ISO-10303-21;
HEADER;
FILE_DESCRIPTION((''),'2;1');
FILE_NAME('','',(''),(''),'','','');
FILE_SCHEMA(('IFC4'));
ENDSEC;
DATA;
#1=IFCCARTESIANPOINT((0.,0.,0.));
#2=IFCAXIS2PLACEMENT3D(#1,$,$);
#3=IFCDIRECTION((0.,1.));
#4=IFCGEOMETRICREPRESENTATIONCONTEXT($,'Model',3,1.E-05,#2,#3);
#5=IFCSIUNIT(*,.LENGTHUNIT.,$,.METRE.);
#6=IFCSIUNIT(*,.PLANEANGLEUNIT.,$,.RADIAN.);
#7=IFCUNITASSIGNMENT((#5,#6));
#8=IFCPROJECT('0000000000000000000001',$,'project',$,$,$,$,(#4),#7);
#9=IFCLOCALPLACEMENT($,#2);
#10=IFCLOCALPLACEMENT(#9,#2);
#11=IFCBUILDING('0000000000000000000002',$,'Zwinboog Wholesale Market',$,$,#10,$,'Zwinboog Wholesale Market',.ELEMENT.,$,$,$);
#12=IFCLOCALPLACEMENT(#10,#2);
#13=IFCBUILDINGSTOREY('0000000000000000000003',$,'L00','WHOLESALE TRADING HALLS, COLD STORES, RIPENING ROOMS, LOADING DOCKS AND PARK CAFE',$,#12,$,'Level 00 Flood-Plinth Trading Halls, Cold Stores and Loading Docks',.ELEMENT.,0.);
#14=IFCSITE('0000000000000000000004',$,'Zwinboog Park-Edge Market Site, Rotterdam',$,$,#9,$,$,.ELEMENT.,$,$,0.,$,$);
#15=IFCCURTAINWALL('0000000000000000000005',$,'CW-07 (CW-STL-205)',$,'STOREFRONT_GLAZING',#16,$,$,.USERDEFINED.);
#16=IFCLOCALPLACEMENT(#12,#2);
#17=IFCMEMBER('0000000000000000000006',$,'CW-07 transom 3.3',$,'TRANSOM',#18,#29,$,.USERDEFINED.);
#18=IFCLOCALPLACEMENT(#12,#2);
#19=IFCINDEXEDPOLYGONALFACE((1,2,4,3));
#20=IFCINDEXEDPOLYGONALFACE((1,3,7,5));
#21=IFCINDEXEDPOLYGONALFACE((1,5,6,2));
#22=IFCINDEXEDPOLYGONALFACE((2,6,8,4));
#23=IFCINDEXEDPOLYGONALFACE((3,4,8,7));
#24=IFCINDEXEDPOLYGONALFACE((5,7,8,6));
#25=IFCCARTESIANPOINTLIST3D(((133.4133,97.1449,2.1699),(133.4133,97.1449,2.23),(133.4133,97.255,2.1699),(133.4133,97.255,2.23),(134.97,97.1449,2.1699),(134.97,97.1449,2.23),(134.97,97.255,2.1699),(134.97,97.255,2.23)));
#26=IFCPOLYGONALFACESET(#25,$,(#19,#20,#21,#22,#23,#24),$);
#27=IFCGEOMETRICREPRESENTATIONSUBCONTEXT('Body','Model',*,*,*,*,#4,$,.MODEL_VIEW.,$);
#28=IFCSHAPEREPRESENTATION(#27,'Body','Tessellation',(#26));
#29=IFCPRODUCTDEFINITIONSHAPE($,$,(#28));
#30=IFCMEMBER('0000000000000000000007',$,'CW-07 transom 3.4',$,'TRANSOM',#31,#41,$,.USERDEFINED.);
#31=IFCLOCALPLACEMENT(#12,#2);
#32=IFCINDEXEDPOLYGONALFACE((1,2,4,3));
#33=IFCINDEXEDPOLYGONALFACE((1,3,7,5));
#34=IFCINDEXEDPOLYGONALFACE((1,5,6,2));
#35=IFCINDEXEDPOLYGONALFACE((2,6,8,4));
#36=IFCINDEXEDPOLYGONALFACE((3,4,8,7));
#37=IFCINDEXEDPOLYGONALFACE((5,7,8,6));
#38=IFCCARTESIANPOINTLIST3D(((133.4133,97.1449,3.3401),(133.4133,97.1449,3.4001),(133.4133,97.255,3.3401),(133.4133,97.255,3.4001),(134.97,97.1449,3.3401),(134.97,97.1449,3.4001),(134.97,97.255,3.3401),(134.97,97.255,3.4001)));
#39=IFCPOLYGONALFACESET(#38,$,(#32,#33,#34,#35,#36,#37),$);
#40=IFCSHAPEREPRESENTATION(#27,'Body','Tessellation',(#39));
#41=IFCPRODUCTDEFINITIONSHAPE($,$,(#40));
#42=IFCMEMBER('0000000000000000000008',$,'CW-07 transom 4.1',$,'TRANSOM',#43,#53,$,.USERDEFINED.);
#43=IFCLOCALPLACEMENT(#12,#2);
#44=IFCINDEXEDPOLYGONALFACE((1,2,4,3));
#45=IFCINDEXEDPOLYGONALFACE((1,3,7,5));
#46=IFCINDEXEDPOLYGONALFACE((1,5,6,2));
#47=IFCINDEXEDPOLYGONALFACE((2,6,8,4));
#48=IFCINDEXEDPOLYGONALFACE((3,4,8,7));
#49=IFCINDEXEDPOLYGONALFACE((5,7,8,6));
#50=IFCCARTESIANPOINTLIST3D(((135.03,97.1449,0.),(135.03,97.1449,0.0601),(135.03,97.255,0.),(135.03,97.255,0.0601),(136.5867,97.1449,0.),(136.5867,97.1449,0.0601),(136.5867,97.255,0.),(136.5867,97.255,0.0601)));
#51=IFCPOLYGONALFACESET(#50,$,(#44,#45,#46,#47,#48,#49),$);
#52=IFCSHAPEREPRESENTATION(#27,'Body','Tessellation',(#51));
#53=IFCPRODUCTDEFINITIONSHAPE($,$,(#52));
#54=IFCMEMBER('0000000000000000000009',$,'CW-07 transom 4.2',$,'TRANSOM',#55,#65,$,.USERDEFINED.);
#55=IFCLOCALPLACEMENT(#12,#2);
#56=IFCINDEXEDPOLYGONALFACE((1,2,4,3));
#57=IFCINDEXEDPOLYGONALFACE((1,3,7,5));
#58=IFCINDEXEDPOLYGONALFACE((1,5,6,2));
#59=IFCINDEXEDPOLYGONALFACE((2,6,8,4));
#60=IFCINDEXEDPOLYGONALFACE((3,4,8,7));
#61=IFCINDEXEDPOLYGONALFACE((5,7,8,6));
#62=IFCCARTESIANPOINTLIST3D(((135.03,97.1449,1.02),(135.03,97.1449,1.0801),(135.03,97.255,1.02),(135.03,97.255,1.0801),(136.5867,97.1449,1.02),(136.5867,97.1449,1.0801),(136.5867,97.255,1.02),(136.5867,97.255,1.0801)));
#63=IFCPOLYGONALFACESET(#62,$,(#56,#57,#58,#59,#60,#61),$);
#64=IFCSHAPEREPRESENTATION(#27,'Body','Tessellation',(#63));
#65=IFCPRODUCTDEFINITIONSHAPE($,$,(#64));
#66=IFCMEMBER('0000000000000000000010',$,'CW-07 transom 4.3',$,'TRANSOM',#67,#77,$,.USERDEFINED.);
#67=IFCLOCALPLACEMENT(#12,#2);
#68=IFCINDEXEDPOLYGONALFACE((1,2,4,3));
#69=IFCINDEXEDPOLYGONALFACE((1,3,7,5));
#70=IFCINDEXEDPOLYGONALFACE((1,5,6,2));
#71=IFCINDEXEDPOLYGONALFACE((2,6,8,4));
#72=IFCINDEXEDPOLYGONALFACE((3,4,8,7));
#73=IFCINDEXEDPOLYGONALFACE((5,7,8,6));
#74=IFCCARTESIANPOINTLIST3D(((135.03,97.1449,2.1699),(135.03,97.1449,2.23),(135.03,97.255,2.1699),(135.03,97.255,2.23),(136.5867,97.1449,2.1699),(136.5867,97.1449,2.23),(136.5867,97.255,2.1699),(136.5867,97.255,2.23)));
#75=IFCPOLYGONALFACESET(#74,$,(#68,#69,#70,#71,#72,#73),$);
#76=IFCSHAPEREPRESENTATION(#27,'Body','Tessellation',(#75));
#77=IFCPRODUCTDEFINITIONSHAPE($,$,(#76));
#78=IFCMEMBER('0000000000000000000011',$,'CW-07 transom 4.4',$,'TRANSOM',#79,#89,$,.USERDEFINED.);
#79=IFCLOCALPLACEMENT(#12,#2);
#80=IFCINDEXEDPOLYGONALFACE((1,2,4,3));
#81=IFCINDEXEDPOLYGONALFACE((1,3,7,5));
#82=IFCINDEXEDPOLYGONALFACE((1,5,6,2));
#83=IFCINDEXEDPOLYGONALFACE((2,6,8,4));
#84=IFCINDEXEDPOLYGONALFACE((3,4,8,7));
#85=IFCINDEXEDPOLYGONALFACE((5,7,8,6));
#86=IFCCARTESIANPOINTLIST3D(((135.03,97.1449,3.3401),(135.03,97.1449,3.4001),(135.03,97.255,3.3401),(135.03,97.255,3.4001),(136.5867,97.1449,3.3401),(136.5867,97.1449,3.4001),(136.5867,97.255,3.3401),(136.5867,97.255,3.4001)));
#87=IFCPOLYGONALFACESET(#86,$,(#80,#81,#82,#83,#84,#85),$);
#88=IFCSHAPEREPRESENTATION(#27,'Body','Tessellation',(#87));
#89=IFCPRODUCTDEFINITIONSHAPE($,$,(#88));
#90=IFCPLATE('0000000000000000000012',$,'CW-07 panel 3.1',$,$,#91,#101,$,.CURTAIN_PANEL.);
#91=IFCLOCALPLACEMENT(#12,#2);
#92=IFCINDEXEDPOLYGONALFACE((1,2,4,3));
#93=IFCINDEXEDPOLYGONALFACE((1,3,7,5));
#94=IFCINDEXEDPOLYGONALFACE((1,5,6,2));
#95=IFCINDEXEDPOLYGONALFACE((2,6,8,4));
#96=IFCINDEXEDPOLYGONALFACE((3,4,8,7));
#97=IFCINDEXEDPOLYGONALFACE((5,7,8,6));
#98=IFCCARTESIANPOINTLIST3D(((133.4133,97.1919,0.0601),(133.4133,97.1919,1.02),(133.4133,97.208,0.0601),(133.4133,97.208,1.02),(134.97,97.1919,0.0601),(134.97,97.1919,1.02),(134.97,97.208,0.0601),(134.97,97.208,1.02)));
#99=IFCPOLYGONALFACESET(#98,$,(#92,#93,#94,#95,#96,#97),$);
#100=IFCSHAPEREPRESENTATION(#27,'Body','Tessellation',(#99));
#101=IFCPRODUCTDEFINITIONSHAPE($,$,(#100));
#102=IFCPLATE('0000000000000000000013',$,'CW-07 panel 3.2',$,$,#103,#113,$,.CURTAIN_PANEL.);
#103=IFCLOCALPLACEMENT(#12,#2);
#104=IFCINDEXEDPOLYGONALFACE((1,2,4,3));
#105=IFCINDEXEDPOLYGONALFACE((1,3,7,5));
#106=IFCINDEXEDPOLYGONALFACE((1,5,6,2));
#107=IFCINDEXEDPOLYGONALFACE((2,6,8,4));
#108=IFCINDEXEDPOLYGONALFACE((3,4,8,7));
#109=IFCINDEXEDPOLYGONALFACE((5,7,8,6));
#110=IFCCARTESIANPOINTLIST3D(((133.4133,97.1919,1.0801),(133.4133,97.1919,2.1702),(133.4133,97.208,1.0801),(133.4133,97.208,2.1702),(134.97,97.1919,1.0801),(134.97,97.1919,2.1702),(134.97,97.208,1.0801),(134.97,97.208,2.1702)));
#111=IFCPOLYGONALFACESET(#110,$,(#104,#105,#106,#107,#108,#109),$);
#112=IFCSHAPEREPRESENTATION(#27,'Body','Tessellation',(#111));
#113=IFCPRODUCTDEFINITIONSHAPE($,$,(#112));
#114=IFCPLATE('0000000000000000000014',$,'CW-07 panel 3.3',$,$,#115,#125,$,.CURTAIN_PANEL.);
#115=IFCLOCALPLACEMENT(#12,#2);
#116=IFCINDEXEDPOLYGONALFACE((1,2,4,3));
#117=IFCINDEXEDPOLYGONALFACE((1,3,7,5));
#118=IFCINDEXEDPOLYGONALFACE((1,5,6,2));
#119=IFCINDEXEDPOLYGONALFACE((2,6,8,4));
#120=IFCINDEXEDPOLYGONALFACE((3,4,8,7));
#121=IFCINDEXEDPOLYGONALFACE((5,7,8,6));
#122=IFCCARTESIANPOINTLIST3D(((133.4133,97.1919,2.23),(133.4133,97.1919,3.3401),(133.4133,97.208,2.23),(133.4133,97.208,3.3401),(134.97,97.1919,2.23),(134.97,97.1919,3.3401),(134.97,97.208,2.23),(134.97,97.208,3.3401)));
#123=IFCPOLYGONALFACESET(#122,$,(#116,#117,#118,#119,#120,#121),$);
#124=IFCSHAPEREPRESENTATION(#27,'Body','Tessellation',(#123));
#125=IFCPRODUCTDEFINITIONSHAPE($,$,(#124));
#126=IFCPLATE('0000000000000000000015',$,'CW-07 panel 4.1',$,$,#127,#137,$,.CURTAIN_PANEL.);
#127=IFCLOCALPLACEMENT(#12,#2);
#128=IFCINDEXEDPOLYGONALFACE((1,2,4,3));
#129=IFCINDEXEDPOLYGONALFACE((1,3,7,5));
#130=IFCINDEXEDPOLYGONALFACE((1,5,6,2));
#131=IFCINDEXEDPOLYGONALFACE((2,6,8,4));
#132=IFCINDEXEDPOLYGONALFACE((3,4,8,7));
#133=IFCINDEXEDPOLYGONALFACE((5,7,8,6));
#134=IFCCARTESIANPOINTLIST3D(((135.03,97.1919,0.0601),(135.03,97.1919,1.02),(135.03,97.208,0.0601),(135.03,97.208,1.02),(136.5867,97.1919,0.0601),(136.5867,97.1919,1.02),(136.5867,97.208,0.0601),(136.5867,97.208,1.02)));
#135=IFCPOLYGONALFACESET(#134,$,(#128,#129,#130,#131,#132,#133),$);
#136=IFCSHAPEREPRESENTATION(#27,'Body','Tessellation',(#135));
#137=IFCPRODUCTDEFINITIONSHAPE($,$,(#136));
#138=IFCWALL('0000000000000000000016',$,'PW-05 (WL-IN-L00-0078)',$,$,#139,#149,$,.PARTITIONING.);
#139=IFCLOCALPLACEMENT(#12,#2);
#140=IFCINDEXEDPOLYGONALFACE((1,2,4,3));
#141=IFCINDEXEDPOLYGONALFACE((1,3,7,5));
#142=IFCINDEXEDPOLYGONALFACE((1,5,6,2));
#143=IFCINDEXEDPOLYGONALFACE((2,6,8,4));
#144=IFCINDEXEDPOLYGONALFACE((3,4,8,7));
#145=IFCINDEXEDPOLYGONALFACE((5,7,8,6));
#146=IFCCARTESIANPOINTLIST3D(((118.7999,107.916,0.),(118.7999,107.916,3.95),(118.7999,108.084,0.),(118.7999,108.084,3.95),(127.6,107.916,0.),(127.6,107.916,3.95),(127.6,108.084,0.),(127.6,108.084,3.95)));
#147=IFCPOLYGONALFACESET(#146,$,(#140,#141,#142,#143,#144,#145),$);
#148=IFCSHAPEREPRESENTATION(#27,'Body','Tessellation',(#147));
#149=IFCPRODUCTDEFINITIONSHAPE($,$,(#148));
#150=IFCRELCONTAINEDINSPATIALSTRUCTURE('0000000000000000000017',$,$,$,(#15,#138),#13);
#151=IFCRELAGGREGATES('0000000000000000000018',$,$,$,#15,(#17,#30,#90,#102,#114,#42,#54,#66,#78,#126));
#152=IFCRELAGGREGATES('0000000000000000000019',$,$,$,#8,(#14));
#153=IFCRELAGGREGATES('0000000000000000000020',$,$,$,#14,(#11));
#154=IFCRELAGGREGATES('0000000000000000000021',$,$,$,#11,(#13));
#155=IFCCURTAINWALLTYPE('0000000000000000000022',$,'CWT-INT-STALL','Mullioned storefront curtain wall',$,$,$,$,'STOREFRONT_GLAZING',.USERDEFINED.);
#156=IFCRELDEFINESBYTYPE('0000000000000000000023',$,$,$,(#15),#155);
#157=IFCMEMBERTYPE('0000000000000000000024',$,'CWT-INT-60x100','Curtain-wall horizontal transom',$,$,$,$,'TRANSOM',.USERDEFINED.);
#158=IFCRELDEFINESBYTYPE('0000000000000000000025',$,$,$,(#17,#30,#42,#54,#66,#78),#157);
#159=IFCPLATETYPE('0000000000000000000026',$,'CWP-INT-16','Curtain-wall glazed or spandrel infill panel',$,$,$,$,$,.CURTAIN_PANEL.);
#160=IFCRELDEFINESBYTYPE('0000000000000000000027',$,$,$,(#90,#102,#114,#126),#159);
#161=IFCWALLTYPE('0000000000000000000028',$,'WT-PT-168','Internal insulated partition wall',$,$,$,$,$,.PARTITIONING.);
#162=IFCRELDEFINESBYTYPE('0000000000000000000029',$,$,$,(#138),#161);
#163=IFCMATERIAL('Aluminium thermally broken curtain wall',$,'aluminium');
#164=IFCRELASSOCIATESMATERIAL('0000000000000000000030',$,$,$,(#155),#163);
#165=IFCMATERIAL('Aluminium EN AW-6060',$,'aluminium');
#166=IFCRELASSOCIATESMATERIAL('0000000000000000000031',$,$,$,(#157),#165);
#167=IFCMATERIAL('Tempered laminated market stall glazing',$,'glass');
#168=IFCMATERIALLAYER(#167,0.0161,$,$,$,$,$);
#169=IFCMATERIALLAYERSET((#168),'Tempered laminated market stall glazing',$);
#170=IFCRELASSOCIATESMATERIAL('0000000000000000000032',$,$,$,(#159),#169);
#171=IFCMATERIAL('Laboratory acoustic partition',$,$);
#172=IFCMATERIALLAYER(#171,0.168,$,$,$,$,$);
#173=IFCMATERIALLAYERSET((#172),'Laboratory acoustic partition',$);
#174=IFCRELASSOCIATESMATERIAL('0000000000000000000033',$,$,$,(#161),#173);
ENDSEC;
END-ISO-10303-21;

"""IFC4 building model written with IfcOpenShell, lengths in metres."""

from ifc_helpers import new_model, si_unit, direction, frame, frame_2d, origin, origin_2d, place, context, subcontext, project, spatial, rectangle, extrude, material, layer, layer_set, material_profile, profile_set, type_object, element, aggregate, save


model = new_model("IFC4")

# Units and contexts
model_context = context("Model", 3, precision=1e-05, world=origin(), true_north=direction((0.0, 1.0)))
body_context = subcontext(model_context, "Body", "Model", "MODEL_VIEW")
ifc_project = project(units=[si_unit("LENGTHUNIT", "METRE"), si_unit("PLANEANGLEUNIT", "RADIAN")], contexts=[model_context])

# Site, building, storey
site_placement = place(None, origin())
site = spatial("IfcSite", under=ifc_project, at=site_placement, Name="Zwinboog Park-Edge Market Site, Rotterdam", CompositionType="ELEMENT", RefElevation=0.0)
building_placement = place(site_placement, origin())
building = spatial("IfcBuilding", under=site, at=building_placement, Name="Zwinboog Wholesale Market", LongName="Zwinboog Wholesale Market", CompositionType="ELEMENT")
storey_placement = place(building_placement, origin())
storey = spatial("IfcBuildingStorey", under=building, at=storey_placement, Name="L00", Description="WHOLESALE TRADING HALLS, COLD STORES, RIPENING ROOMS, LOADING DOCKS AND PARK CAFE", LongName="Level 00 Flood-Plinth Trading Halls, Cold Stores and Loading Docks", CompositionType="ELEMENT", Elevation=0.0)

# Curtain wall, members, plates
ifc_material_1 = material(Name="Aluminium thermally broken curtain wall", Category="aluminium")
curtain_wall_type = type_object("IfcCurtainWallType", Name="CWT-INT-STALL", Description="Mullioned storefront curtain wall", ElementType="STOREFRONT_GLAZING", PredefinedType="USERDEFINED", material=ifc_material_1)
curtain_wall_placement = place(storey_placement, origin())
curtain_wall = element("IfcCurtainWall", 1, at=curtain_wall_placement, inside=storey, type_object=curtain_wall_type, Name="CW-07 (CW-STL-205)", ObjectType="STOREFRONT_GLAZING", PredefinedType="USERDEFINED")
ifc_material_2 = material(Name="Aluminium EN AW-6060", Category="aluminium")
ifc_material_profile_1 = material_profile(ifc_material_2, rectangle(XDim=0.1101, YDim=0.0601, at=origin_2d()), Name="AL 60x110")
ifc_profile_set_1 = profile_set([ifc_material_profile_1], Name="Aluminium EN AW-6060")
member_type_1 = type_object("IfcMemberType", Name="CWT-INT-60x100", Description="Curtain-wall horizontal transom", ElementType="TRANSOM", PredefinedType="USERDEFINED", material=ifc_profile_set_1)
member_1_placement = place(storey_placement, frame((133.4133, 97.2, 2.2), z_axis=(1.0, 0.0, 0.0), x_axis=(0.0, 1.0, 0.0)))
member_1 = element("IfcMember", 2, at=member_1_placement, type_object=member_type_1, Name="CW-07 transom 3.3", ObjectType="TRANSOM", PredefinedType="USERDEFINED", context=body_context, shape_type="SweptSolid", body=[
    extrude(rectangle(XDim=0.1101, YDim=0.0601, at=origin_2d()), origin(), (0.0, 0.0, 1.0), 1.5566),
])
member_2_placement = place(storey_placement, frame((133.4133, 97.2, 3.3701), z_axis=(1.0, 0.0, 0.0), x_axis=(0.0, 1.0, 0.0)))
member_2 = element("IfcMember", 3, at=member_2_placement, type_object=member_type_1, Name="CW-07 transom 3.4", ObjectType="TRANSOM", PredefinedType="USERDEFINED", context=body_context, shape_type="SweptSolid", body=[
    extrude(rectangle(XDim=0.1101, YDim=0.0601, at=origin_2d()), origin(), (0.0, 0.0, 1.0), 1.5566),
])
member_3_placement = place(storey_placement, frame((135.03, 97.2, 0.03), z_axis=(1.0, 0.0, 0.0), x_axis=(0.0, 1.0, 0.0)))
member_3 = element("IfcMember", 4, at=member_3_placement, type_object=member_type_1, Name="CW-07 transom 4.1", ObjectType="TRANSOM", PredefinedType="USERDEFINED", context=body_context, shape_type="SweptSolid", body=[
    extrude(rectangle(XDim=0.1101, YDim=0.0601, at=origin_2d()), origin(), (0.0, 0.0, 1.0), 1.5566),
])
member_4_placement = place(storey_placement, frame((135.03, 97.2, 1.05), z_axis=(1.0, 0.0, 0.0), x_axis=(0.0, 1.0, 0.0)))
member_4 = element("IfcMember", 5, at=member_4_placement, type_object=member_type_1, Name="CW-07 transom 4.2", ObjectType="TRANSOM", PredefinedType="USERDEFINED", context=body_context, shape_type="SweptSolid", body=[
    extrude(rectangle(XDim=0.1101, YDim=0.0601, at=origin_2d()), origin(), (0.0, 0.0, 1.0), 1.5566),
])
member_5_placement = place(storey_placement, frame((135.03, 97.2, 2.2), z_axis=(1.0, 0.0, 0.0), x_axis=(0.0, 1.0, 0.0)))
member_5 = element("IfcMember", 6, at=member_5_placement, type_object=member_type_1, Name="CW-07 transom 4.3", ObjectType="TRANSOM", PredefinedType="USERDEFINED", context=body_context, shape_type="SweptSolid", body=[
    extrude(rectangle(XDim=0.1101, YDim=0.0601, at=origin_2d()), origin(), (0.0, 0.0, 1.0), 1.5566),
])
member_6_placement = place(storey_placement, frame((135.03, 97.2, 3.3701), z_axis=(1.0, 0.0, 0.0), x_axis=(0.0, 1.0, 0.0)))
member_6 = element("IfcMember", 7, at=member_6_placement, type_object=member_type_1, Name="CW-07 transom 4.4", ObjectType="TRANSOM", PredefinedType="USERDEFINED", context=body_context, shape_type="SweptSolid", body=[
    extrude(rectangle(XDim=0.1101, YDim=0.0601, at=origin_2d()), origin(), (0.0, 0.0, 1.0), 1.5566),
])
ifc_material_3 = material(Name="Tempered laminated market stall glazing", Category="glass")
ifc_layer_1 = layer(ifc_material_3, 0.0161)
ifc_layer_set_1 = layer_set([ifc_layer_1], Name="Tempered laminated market stall glazing")
plate_type = type_object("IfcPlateType", Name="CWP-INT-16", Description="Curtain-wall glazed or spandrel infill panel", PredefinedType="CURTAIN_PANEL", material=ifc_layer_set_1)
plate_1_placement = place(storey_placement, frame((134.1917, 97.2, 0.0601), z_axis=(0.0, 0.0, 1.0), x_axis=(1.0, 0.0, 0.0)))
plate_1 = element("IfcPlate", 8, at=plate_1_placement, type_object=plate_type, Name="CW-07 panel 3.1", PredefinedType="CURTAIN_PANEL", context=body_context, shape_type="SweptSolid", body=[
    extrude(rectangle(XDim=1.5566, YDim=0.0161, at=origin_2d()), origin(), (0.0, 0.0, 1.0), 0.96),
])
plate_2_placement = place(storey_placement, frame((134.1917, 97.2, 1.0801), z_axis=(0.0, 0.0, 1.0), x_axis=(1.0, 0.0, 0.0)))
plate_2 = element("IfcPlate", 9, at=plate_2_placement, type_object=plate_type, Name="CW-07 panel 3.2", PredefinedType="CURTAIN_PANEL", context=body_context, shape_type="SweptSolid", body=[
    extrude(rectangle(XDim=1.5566, YDim=0.0161, at=origin_2d()), origin(), (0.0, 0.0, 1.0), 1.0901),
])
plate_3_placement = place(storey_placement, frame((134.1917, 97.2, 2.23), z_axis=(0.0, 0.0, 1.0), x_axis=(1.0, 0.0, 0.0)))
plate_3 = element("IfcPlate", 10, at=plate_3_placement, type_object=plate_type, Name="CW-07 panel 3.3", PredefinedType="CURTAIN_PANEL", context=body_context, shape_type="SweptSolid", body=[
    extrude(rectangle(XDim=1.5566, YDim=0.0161, at=origin_2d()), origin(), (0.0, 0.0, 1.0), 1.1101),
])
plate_4_placement = place(storey_placement, frame((135.8083, 97.2, 0.0601), z_axis=(0.0, 0.0, 1.0), x_axis=(1.0, 0.0, 0.0)))
plate_4 = element("IfcPlate", 11, at=plate_4_placement, type_object=plate_type, Name="CW-07 panel 4.1", PredefinedType="CURTAIN_PANEL", context=body_context, shape_type="SweptSolid", body=[
    extrude(rectangle(XDim=1.5566, YDim=0.0161, at=origin_2d()), origin(), (0.0, 0.0, 1.0), 0.96),
])
aggregate(curtain_wall, [member_1, member_2, plate_1, plate_2, plate_3, member_3, member_4, member_5, member_6, plate_4])

# Wall
ifc_material_4 = material(Name="Laboratory acoustic partition")
ifc_layer_2 = layer(ifc_material_4, 0.168)
ifc_layer_set_2 = layer_set([ifc_layer_2], Name="Laboratory acoustic partition")
wall_type = type_object("IfcWallType", Name="WT-PT-168", Description="Internal insulated partition wall", PredefinedType="PARTITIONING", material=ifc_layer_set_2)
wall_placement = place(storey_placement, frame((118.8, 108.0, 0.0), z_axis=(0.0, 0.0, 1.0), x_axis=(1.0, 0.0, 0.0)))
element("IfcWall", 12, at=wall_placement, inside=storey, type_object=wall_type, Name="PW-05 (WL-IN-L00-0078)", PredefinedType="PARTITIONING", context=body_context, shape_type="SweptSolid", body=[
    extrude(rectangle(XDim=8.8, YDim=0.168, at=frame_2d((4.3999, 0.0))), origin(), (0.0, 0.0, 1.0), 3.95),
])

save(model, "model.ifc")
